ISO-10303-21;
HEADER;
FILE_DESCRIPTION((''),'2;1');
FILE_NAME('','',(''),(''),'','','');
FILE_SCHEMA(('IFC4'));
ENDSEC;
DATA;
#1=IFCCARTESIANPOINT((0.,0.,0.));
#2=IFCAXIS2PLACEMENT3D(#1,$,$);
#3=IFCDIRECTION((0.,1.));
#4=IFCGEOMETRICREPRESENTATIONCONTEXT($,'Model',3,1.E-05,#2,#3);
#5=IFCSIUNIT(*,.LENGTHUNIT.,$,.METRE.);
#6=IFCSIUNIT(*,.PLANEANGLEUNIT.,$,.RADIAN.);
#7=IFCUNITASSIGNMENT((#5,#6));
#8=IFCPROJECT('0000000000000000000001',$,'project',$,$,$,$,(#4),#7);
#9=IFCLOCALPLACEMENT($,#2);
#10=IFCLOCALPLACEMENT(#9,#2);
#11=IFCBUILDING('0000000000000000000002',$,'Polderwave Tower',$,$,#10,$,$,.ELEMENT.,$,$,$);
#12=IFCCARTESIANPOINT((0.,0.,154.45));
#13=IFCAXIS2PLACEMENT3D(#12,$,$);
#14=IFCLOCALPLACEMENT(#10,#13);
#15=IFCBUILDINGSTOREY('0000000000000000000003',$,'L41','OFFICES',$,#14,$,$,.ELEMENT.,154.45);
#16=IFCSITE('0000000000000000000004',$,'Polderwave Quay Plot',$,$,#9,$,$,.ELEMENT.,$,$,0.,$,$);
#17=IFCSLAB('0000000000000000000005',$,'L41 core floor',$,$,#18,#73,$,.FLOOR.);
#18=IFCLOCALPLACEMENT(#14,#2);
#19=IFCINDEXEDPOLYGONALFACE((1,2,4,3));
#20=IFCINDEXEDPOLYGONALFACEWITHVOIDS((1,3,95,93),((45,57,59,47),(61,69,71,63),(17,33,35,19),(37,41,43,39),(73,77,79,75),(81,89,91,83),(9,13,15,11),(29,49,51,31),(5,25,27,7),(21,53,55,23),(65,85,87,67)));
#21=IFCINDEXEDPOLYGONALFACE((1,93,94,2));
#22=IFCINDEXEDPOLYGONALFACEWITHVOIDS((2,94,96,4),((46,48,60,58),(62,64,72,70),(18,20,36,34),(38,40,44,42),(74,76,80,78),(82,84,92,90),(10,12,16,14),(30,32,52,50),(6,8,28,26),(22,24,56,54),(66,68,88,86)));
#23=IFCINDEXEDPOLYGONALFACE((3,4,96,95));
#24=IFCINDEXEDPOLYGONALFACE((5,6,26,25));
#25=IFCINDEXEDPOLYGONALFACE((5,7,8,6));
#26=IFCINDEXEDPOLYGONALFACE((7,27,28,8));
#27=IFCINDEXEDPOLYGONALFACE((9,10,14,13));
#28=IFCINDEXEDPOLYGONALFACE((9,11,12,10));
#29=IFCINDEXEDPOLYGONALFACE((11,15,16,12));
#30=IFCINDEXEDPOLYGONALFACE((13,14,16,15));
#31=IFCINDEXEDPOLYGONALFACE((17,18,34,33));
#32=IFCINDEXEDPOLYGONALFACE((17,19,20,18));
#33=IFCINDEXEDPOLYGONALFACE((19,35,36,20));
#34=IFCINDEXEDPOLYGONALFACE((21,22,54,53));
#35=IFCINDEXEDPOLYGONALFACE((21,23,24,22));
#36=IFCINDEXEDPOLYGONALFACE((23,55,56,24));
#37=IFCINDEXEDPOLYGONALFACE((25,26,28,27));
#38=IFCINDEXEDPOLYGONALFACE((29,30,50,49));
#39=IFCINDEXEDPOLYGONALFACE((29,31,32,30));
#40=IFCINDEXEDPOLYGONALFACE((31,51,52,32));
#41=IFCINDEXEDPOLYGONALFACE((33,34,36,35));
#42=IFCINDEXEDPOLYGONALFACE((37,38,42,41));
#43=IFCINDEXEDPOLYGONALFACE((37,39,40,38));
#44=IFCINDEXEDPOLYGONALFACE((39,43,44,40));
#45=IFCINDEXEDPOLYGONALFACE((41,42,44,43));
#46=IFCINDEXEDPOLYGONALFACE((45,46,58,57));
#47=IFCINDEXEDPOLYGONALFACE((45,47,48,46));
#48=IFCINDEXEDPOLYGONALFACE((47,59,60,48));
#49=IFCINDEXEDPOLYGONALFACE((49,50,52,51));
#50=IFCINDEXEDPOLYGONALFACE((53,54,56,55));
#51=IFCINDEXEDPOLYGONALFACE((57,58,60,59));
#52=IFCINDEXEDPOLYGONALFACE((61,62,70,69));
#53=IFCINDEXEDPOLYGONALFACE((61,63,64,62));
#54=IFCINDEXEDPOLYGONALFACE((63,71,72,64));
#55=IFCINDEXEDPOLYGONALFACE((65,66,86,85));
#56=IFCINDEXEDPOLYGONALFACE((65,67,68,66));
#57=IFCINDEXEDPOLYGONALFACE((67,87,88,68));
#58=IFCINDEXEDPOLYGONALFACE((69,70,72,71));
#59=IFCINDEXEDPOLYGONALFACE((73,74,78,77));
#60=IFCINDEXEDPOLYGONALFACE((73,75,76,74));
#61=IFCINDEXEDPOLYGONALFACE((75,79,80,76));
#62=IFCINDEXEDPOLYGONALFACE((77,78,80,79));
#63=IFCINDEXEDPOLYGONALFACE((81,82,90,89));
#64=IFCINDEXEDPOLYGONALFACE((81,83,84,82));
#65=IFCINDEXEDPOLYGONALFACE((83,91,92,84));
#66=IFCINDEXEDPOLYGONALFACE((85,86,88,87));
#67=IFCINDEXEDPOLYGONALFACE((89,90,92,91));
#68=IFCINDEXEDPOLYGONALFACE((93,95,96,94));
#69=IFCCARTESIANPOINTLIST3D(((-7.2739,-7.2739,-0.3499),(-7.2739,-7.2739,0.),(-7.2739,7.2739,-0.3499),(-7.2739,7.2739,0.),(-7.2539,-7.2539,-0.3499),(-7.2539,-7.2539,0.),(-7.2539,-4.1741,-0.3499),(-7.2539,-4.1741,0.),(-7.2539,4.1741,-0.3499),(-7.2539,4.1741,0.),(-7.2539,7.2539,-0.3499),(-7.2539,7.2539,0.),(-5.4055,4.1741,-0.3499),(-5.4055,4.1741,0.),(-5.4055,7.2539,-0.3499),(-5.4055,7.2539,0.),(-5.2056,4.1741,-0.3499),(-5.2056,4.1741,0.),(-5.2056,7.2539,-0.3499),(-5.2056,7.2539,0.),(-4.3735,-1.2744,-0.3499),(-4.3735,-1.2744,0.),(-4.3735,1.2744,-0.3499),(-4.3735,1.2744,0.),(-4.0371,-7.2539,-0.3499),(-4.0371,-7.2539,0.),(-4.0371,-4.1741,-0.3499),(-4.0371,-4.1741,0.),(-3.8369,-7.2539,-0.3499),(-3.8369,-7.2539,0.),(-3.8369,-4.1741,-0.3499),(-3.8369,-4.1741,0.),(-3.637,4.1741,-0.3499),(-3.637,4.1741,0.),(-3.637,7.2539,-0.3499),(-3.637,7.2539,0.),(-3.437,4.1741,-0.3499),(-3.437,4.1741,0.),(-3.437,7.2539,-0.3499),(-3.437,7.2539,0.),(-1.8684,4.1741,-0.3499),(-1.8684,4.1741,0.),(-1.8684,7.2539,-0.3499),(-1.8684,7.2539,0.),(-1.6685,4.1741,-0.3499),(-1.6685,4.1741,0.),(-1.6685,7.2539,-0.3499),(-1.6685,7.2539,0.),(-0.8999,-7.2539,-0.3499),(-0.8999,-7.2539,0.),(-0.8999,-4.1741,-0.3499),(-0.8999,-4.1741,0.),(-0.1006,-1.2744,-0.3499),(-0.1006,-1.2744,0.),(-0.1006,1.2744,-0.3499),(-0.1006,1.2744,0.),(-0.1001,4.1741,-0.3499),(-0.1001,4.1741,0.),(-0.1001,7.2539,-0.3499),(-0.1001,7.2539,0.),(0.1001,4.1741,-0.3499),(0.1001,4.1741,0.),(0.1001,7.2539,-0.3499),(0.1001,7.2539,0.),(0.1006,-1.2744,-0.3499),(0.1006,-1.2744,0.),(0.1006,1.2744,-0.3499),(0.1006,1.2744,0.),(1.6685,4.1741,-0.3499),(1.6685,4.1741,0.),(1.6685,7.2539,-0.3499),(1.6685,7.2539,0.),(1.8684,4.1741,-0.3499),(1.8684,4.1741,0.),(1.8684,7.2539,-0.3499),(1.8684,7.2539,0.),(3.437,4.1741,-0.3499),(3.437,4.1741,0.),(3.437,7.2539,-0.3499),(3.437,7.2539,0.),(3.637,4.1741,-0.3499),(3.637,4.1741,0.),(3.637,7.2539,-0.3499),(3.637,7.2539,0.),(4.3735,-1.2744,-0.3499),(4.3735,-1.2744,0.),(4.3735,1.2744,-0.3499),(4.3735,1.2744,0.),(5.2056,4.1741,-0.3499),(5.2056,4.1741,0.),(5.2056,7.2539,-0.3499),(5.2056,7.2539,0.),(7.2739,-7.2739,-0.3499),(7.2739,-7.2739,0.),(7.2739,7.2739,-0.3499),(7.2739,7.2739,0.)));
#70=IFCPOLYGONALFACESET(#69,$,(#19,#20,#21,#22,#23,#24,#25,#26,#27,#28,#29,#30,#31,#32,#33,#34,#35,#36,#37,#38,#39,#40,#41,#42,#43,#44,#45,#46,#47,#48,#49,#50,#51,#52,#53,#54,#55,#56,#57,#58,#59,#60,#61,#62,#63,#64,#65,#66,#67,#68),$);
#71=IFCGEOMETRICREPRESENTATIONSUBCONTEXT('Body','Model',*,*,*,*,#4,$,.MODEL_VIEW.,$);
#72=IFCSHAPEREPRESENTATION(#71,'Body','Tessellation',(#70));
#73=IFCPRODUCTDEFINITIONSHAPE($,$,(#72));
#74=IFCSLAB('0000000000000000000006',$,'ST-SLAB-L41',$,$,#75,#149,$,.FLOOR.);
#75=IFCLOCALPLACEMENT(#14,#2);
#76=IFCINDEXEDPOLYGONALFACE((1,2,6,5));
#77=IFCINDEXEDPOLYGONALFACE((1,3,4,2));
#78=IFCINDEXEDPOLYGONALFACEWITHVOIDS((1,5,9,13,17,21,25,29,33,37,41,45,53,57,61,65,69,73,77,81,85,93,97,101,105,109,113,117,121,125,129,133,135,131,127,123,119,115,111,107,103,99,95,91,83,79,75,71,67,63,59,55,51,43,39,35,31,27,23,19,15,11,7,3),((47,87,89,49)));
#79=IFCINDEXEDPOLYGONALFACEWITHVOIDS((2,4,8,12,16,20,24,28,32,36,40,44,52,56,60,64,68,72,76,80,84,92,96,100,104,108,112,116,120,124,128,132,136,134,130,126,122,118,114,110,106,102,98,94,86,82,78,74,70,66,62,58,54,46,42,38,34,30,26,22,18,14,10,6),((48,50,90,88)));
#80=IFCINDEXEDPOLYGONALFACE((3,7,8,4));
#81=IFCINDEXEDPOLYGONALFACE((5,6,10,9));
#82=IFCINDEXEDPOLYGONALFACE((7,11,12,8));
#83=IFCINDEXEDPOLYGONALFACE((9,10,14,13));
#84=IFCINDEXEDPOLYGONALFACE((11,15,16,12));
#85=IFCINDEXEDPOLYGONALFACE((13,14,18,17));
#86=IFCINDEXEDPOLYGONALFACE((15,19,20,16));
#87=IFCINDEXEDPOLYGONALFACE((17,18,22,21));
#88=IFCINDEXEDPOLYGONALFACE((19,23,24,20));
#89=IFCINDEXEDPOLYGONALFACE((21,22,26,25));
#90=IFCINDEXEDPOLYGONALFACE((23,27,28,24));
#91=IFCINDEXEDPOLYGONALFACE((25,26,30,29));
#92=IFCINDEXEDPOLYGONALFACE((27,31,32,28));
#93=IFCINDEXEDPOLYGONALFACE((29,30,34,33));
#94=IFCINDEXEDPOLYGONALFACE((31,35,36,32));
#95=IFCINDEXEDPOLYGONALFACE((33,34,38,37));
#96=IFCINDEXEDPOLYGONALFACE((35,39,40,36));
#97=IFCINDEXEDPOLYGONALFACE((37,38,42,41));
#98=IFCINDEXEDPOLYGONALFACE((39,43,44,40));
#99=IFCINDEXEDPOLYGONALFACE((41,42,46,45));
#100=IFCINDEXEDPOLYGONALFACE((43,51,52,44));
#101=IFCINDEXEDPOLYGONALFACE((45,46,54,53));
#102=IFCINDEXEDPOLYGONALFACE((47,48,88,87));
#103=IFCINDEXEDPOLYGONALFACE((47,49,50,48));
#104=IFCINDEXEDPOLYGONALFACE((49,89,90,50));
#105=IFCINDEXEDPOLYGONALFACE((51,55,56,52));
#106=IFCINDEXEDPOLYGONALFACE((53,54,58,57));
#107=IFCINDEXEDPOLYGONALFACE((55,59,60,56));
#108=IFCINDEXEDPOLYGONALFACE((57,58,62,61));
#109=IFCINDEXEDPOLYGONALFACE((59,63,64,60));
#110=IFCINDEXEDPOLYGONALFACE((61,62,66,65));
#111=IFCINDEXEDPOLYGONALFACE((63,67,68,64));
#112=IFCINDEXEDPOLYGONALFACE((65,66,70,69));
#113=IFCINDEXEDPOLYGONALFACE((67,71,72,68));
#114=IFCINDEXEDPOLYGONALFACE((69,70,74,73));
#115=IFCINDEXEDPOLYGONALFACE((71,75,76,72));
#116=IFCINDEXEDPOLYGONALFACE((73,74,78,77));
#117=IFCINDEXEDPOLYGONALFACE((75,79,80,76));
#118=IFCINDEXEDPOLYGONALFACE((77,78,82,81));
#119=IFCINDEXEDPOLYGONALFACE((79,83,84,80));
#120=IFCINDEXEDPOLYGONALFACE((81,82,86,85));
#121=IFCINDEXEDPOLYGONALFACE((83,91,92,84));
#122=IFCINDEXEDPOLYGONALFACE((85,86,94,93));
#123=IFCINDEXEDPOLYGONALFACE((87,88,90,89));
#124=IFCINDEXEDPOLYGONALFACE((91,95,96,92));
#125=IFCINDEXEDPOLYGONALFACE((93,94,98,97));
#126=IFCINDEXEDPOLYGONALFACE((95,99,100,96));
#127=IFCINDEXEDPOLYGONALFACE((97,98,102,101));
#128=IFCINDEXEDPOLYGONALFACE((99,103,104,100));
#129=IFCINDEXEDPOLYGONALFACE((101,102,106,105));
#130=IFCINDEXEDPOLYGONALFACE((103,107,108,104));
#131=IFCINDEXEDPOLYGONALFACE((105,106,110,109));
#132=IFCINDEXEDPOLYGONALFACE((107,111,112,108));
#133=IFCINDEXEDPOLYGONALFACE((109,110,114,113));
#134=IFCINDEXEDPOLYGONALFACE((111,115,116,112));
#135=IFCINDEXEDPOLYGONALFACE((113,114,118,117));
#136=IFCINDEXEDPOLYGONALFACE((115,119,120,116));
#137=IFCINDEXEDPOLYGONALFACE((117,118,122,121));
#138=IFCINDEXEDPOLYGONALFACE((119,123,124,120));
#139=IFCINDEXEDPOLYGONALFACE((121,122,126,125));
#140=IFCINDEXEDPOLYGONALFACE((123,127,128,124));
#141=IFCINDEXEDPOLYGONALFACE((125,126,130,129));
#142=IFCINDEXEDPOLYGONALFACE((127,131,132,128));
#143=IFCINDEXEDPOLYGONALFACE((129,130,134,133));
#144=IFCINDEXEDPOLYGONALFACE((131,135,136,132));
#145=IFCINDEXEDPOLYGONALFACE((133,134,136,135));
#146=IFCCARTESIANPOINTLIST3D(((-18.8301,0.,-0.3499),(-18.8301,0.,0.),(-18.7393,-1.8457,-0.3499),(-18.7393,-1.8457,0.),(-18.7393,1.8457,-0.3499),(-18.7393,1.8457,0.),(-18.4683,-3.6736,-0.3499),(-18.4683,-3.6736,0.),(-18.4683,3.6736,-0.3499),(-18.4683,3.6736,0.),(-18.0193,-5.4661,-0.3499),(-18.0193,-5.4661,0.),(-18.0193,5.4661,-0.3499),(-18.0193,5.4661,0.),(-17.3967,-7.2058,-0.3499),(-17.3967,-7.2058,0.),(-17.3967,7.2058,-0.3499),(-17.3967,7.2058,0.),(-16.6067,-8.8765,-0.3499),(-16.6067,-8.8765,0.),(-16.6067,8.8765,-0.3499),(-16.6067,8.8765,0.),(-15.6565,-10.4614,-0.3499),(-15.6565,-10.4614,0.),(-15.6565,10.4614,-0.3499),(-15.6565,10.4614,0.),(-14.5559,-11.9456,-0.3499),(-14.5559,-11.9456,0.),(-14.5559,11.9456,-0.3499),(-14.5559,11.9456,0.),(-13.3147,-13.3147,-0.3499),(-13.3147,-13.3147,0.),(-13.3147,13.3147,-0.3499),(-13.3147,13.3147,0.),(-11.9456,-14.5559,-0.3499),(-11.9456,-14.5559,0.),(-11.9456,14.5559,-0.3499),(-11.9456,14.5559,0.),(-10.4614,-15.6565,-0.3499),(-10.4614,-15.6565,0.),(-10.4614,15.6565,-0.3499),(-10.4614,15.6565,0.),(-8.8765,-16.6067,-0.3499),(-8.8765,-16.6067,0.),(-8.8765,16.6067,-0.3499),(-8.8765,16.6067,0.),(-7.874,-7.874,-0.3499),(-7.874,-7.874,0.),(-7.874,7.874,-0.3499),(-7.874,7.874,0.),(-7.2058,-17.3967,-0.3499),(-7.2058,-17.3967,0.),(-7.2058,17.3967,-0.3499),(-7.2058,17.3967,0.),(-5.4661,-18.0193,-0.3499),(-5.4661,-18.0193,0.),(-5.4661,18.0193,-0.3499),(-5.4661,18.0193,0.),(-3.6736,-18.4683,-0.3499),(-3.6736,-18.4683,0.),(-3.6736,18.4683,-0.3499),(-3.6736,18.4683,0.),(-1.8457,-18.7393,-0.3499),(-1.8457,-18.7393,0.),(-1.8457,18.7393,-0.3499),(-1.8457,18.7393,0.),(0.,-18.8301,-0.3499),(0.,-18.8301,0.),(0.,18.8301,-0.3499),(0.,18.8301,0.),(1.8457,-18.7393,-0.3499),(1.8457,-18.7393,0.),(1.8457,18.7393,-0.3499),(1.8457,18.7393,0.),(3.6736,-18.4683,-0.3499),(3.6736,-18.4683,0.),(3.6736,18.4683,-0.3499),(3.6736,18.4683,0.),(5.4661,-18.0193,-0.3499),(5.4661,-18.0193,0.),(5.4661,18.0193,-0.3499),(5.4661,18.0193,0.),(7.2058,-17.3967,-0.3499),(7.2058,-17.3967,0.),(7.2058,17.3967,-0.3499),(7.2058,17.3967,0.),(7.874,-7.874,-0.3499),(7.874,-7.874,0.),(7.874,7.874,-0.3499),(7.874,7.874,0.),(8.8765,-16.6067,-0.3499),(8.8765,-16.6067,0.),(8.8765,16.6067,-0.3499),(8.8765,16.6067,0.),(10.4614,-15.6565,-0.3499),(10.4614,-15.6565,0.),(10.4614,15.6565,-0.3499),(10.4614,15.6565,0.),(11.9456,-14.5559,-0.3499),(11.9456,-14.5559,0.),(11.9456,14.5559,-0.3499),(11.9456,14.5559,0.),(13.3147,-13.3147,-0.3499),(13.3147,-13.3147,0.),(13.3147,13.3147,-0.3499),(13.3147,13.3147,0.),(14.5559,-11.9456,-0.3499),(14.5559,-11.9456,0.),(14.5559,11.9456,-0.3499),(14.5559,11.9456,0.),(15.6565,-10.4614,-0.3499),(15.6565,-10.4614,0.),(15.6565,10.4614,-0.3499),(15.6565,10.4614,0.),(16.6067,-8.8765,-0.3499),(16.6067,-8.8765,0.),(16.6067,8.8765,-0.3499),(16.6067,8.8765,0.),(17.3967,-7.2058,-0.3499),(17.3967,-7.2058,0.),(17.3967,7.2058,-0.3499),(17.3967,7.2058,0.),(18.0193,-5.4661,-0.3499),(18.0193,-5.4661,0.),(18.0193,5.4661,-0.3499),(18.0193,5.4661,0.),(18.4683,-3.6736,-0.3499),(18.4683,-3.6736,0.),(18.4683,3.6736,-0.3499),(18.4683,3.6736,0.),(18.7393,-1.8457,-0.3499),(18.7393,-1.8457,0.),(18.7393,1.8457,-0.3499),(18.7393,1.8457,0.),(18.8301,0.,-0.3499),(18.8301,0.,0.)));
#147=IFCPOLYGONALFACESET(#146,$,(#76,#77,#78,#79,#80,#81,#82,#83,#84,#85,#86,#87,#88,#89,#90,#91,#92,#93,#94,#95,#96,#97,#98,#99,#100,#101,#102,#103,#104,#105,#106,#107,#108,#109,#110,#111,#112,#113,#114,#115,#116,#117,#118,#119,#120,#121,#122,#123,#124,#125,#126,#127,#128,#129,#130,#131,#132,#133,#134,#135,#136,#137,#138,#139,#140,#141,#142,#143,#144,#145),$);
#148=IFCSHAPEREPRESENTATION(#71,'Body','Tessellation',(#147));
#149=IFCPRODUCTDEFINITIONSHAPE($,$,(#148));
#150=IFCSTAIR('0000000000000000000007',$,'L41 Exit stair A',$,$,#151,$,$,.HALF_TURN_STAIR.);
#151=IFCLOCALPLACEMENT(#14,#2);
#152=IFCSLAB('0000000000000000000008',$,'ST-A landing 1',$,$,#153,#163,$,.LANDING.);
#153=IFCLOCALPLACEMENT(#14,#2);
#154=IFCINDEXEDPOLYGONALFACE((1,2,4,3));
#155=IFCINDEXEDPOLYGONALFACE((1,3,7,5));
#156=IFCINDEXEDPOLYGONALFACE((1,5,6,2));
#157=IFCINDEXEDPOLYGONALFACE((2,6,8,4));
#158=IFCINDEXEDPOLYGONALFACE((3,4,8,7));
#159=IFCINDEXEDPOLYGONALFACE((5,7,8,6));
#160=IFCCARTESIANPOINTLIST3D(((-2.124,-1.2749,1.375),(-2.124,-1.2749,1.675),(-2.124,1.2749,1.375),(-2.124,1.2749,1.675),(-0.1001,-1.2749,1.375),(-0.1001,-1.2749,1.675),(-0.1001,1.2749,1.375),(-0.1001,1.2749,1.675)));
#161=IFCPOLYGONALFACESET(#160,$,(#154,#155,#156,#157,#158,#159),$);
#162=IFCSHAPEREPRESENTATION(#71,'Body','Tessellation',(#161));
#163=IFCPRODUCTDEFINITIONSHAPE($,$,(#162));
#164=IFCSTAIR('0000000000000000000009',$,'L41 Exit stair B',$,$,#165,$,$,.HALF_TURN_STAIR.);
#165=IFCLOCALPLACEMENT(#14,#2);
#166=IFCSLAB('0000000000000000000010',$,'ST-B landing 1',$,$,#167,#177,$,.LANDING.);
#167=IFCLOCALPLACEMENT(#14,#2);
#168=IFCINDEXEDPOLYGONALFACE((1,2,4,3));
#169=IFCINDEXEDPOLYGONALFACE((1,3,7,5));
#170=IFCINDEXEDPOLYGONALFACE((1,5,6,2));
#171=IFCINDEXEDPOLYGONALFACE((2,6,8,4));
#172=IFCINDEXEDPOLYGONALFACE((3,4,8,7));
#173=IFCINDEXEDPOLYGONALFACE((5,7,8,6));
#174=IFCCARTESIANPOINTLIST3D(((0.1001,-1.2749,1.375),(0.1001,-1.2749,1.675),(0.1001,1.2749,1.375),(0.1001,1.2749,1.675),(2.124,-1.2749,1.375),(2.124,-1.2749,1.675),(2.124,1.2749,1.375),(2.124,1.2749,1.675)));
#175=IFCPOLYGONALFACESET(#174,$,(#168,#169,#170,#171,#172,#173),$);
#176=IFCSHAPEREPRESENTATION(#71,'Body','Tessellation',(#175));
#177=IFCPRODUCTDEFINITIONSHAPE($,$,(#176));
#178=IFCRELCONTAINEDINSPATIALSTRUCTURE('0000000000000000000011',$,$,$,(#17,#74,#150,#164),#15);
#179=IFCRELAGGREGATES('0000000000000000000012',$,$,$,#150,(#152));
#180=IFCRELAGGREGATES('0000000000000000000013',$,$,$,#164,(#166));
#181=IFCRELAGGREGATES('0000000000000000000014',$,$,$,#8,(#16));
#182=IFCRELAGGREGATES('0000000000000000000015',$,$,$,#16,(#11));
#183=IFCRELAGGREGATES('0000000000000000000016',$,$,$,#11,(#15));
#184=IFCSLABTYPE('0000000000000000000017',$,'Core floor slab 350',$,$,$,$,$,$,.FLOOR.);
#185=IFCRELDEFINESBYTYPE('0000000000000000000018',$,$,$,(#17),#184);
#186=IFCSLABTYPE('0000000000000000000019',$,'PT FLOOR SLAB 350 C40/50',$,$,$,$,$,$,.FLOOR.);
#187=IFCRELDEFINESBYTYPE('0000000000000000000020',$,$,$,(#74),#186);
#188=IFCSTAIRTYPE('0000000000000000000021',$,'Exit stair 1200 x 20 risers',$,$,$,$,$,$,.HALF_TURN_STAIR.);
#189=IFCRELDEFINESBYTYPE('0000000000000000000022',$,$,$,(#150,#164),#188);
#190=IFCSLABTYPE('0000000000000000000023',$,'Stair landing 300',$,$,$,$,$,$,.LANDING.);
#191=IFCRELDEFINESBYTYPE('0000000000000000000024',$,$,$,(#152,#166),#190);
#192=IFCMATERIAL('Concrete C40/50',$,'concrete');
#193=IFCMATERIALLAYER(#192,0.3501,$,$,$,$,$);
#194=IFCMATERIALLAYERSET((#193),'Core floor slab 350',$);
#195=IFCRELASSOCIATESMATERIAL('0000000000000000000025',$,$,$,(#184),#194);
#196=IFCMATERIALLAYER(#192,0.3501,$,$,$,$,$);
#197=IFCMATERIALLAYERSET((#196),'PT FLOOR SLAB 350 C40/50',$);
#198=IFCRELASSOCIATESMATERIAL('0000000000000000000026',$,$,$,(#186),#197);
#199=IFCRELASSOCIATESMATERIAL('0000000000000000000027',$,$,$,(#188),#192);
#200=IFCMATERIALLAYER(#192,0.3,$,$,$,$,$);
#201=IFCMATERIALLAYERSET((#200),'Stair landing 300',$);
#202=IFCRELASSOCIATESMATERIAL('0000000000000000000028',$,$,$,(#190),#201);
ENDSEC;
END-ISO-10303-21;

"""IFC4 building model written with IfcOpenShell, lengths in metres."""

from ifc_helpers import new_model, si_unit, direction, frame, origin, place, context, subcontext, project, spatial, polyline, outline, extrude, material, layer, layer_set, type_object, element, aggregate, save


model = new_model("IFC4")

# Units and contexts
model_context = context("Model", 3, precision=1e-05, world=origin(), true_north=direction((0.0, 1.0)))
body_context = subcontext(model_context, "Body", "Model", "MODEL_VIEW")
ifc_project = project(units=[si_unit("LENGTHUNIT", "METRE"), si_unit("PLANEANGLEUNIT", "RADIAN")], contexts=[model_context])

# Site, building, storey
site_placement = place(None, origin())
site = spatial("IfcSite", under=ifc_project, at=site_placement, Name="Polderwave Quay Plot", CompositionType="ELEMENT", RefElevation=0.0)
building_placement = place(site_placement, origin())
building = spatial("IfcBuilding", under=site, at=building_placement, Name="Polderwave Tower", CompositionType="ELEMENT")
storey_placement = place(building_placement, frame((0.0, 0.0, 154.45)))
storey = spatial("IfcBuildingStorey", under=building, at=storey_placement, Name="L41", Description="OFFICES", CompositionType="ELEMENT", Elevation=154.45)

# Slabs
ifc_material_1 = material(Name="Concrete C40/50", Category="concrete")
ifc_layer_1 = layer(ifc_material_1, 0.3501)
ifc_layer_set_1 = layer_set([ifc_layer_1], Name="Core floor slab 350")
slab_type_1 = type_object("IfcSlabType", Name="Core floor slab 350", PredefinedType="FLOOR", material=ifc_layer_set_1)
slab_1_placement = place(storey_placement, frame((0.0, 0.0, -0.3499)))
element("IfcSlab", 1, at=slab_1_placement, inside=storey, type_object=slab_type_1, Name="L41 core floor", PredefinedType="FLOOR", context=body_context, shape_type="SweptSolid", body=[
    extrude(outline(polyline([(-7.2739, -7.2739), (7.2739, -7.2739), (7.2739, 7.2739), (-7.2739, 7.2739), (-7.2739, -7.2739)]), holes=[polyline([(-7.2539, -7.2539), (-4.0371, -7.2539), (-4.0371, -4.1741), (-7.2539, -4.1741), (-7.2539, -7.2539)]), polyline([(-3.8369, -7.2539), (-0.8999, -7.2539), (-0.8999, -4.1741), (-3.8369, -4.1741), (-3.8369, -7.2539)]), polyline([(-7.2539, 4.1741), (-5.4055, 4.1741), (-5.4055, 7.2539), (-7.2539, 7.2539), (-7.2539, 4.1741)]), polyline([(-5.2056, 4.1741), (-3.637, 4.1741), (-3.637, 7.2539), (-5.2056, 7.2539), (-5.2056, 4.1741)]), polyline([(-3.437, 4.1741), (-1.8684, 4.1741), (-1.8684, 7.2539), (-3.437, 7.2539), (-3.437, 4.1741)]), polyline([(-1.6685, 4.1741), (-0.1001, 4.1741), (-0.1001, 7.2539), (-1.6685, 7.2539), (-1.6685, 4.1741)]), polyline([(0.1001, 4.1741), (1.6685, 4.1741), (1.6685, 7.2539), (0.1001, 7.2539), (0.1001, 4.1741)]), polyline([(1.8684, 4.1741), (3.437, 4.1741), (3.437, 7.2539), (1.8684, 7.2539), (1.8684, 4.1741)]), polyline([(3.637, 4.1741), (5.2056, 4.1741), (5.2056, 7.2539), (3.637, 7.2539), (3.637, 4.1741)]), polyline([(-4.3735, -1.2744), (-0.1006, -1.2744), (-0.1006, 1.2744), (-4.3735, 1.2744), (-4.3735, -1.2744)]), polyline([(0.1006, -1.2744), (4.3735, -1.2744), (4.3735, 1.2744), (0.1006, 1.2744), (0.1006, -1.2744)])]), origin(), (0.0, 0.0, 1.0), 0.3499),
])
ifc_layer_2 = layer(ifc_material_1, 0.3501)
ifc_layer_set_2 = layer_set([ifc_layer_2], Name="PT FLOOR SLAB 350 C40/50")
slab_type_2 = type_object("IfcSlabType", Name="PT FLOOR SLAB 350 C40/50", PredefinedType="FLOOR", material=ifc_layer_set_2)
slab_2_placement = place(storey_placement, frame((0.0, 0.0, -0.3499)))
element("IfcSlab", 2, at=slab_2_placement, inside=storey, type_object=slab_type_2, Name="ST-SLAB-L41", PredefinedType="FLOOR", context=body_context, shape_type="SweptSolid", body=[
    extrude(outline(polyline([(18.8301, 0.0), (18.7393, 1.8457), (18.4683, 3.6736), (18.0193, 5.4661), (17.3967, 7.2058), (16.6067, 8.8765), (15.6565, 10.4614), (14.5559, 11.9456), (13.3147, 13.3147), (11.9456, 14.5559), (10.4614, 15.6565), (8.8765, 16.6067), (7.2058, 17.3967), (5.4661, 18.0193), (3.6736, 18.4683), (1.8457, 18.7393), (0.0, 18.8301), (-1.8457, 18.7393), (-3.6736, 18.4683), (-5.4661, 18.0193), (-7.2058, 17.3967), (-8.8765, 16.6067), (-10.4614, 15.6565), (-11.9456, 14.5559), (-13.3147, 13.3147), (-14.5559, 11.9456), (-15.6565, 10.4614), (-16.6067, 8.8765), (-17.3967, 7.2058), (-18.0193, 5.4661), (-18.4683, 3.6736), (-18.7393, 1.8457), (-18.8301, 0.0), (-18.7393, -1.8457), (-18.4683, -3.6736), (-18.0193, -5.4661), (-17.3967, -7.2058), (-16.6067, -8.8765), (-15.6565, -10.4614), (-14.5559, -11.9456), (-13.3147, -13.3147), (-11.9456, -14.5559), (-10.4614, -15.6565), (-8.8765, -16.6067), (-7.2058, -17.3967), (-5.4661, -18.0193), (-3.6736, -18.4683), (-1.8457, -18.7393), (0.0, -18.8301), (1.8457, -18.7393), (3.6736, -18.4683), (5.4661, -18.0193), (7.2058, -17.3967), (8.8765, -16.6067), (10.4614, -15.6565), (11.9456, -14.5559), (13.3147, -13.3147), (14.5559, -11.9456), (15.6565, -10.4614), (16.6067, -8.8765), (17.3967, -7.2058), (18.0193, -5.4661), (18.4683, -3.6736), (18.7393, -1.8457), (18.8301, 0.0)]), holes=[polyline([(-7.874, -7.874), (7.874, -7.874), (7.874, 7.874), (-7.874, 7.874), (-7.874, -7.874)])]), origin(), (0.0, 0.0, 1.0), 0.3499),
])

# Stairs, slabs
stair_type = type_object("IfcStairType", Name="Exit stair 1200 x 20 risers", PredefinedType="HALF_TURN_STAIR", material=ifc_material_1)
stair_1_placement = place(storey_placement, origin())
stair_1 = element("IfcStair", 3, at=stair_1_placement, inside=storey, type_object=stair_type, Name="L41 Exit stair A", PredefinedType="HALF_TURN_STAIR")
ifc_layer_3 = layer(ifc_material_1, 0.3)
ifc_layer_set_3 = layer_set([ifc_layer_3], Name="Stair landing 300")
slab_type_3 = type_object("IfcSlabType", Name="Stair landing 300", PredefinedType="LANDING", material=ifc_layer_set_3)
slab_3_placement = place(storey_placement, frame((0.0, 0.0, 1.375)))
slab_3 = element("IfcSlab", 4, at=slab_3_placement, type_object=slab_type_3, Name="ST-A landing 1", PredefinedType="LANDING", context=body_context, shape_type="SweptSolid", body=[
    extrude(outline(polyline([(-2.124, -1.2749), (-0.1001, -1.2749), (-0.1001, 1.2749), (-2.124, 1.2749), (-2.124, -1.2749)])), origin(), (0.0, 0.0, 1.0), 0.3),
])
aggregate(stair_1, [slab_3])
stair_2_placement = place(storey_placement, origin())
stair_2 = element("IfcStair", 5, at=stair_2_placement, inside=storey, type_object=stair_type, Name="L41 Exit stair B", PredefinedType="HALF_TURN_STAIR")
slab_4_placement = place(storey_placement, frame((0.0, 0.0, 1.375)))
slab_4 = element("IfcSlab", 6, at=slab_4_placement, type_object=slab_type_3, Name="ST-B landing 1", PredefinedType="LANDING", context=body_context, shape_type="SweptSolid", body=[
    extrude(outline(polyline([(2.124, 1.2749), (0.1001, 1.2749), (0.1001, -1.2749), (2.124, -1.2749), (2.124, 1.2749)])), origin(), (0.0, 0.0, 1.0), 0.3),
])

aggregate(stair_2, [slab_4])

save(model, "model.ifc")
